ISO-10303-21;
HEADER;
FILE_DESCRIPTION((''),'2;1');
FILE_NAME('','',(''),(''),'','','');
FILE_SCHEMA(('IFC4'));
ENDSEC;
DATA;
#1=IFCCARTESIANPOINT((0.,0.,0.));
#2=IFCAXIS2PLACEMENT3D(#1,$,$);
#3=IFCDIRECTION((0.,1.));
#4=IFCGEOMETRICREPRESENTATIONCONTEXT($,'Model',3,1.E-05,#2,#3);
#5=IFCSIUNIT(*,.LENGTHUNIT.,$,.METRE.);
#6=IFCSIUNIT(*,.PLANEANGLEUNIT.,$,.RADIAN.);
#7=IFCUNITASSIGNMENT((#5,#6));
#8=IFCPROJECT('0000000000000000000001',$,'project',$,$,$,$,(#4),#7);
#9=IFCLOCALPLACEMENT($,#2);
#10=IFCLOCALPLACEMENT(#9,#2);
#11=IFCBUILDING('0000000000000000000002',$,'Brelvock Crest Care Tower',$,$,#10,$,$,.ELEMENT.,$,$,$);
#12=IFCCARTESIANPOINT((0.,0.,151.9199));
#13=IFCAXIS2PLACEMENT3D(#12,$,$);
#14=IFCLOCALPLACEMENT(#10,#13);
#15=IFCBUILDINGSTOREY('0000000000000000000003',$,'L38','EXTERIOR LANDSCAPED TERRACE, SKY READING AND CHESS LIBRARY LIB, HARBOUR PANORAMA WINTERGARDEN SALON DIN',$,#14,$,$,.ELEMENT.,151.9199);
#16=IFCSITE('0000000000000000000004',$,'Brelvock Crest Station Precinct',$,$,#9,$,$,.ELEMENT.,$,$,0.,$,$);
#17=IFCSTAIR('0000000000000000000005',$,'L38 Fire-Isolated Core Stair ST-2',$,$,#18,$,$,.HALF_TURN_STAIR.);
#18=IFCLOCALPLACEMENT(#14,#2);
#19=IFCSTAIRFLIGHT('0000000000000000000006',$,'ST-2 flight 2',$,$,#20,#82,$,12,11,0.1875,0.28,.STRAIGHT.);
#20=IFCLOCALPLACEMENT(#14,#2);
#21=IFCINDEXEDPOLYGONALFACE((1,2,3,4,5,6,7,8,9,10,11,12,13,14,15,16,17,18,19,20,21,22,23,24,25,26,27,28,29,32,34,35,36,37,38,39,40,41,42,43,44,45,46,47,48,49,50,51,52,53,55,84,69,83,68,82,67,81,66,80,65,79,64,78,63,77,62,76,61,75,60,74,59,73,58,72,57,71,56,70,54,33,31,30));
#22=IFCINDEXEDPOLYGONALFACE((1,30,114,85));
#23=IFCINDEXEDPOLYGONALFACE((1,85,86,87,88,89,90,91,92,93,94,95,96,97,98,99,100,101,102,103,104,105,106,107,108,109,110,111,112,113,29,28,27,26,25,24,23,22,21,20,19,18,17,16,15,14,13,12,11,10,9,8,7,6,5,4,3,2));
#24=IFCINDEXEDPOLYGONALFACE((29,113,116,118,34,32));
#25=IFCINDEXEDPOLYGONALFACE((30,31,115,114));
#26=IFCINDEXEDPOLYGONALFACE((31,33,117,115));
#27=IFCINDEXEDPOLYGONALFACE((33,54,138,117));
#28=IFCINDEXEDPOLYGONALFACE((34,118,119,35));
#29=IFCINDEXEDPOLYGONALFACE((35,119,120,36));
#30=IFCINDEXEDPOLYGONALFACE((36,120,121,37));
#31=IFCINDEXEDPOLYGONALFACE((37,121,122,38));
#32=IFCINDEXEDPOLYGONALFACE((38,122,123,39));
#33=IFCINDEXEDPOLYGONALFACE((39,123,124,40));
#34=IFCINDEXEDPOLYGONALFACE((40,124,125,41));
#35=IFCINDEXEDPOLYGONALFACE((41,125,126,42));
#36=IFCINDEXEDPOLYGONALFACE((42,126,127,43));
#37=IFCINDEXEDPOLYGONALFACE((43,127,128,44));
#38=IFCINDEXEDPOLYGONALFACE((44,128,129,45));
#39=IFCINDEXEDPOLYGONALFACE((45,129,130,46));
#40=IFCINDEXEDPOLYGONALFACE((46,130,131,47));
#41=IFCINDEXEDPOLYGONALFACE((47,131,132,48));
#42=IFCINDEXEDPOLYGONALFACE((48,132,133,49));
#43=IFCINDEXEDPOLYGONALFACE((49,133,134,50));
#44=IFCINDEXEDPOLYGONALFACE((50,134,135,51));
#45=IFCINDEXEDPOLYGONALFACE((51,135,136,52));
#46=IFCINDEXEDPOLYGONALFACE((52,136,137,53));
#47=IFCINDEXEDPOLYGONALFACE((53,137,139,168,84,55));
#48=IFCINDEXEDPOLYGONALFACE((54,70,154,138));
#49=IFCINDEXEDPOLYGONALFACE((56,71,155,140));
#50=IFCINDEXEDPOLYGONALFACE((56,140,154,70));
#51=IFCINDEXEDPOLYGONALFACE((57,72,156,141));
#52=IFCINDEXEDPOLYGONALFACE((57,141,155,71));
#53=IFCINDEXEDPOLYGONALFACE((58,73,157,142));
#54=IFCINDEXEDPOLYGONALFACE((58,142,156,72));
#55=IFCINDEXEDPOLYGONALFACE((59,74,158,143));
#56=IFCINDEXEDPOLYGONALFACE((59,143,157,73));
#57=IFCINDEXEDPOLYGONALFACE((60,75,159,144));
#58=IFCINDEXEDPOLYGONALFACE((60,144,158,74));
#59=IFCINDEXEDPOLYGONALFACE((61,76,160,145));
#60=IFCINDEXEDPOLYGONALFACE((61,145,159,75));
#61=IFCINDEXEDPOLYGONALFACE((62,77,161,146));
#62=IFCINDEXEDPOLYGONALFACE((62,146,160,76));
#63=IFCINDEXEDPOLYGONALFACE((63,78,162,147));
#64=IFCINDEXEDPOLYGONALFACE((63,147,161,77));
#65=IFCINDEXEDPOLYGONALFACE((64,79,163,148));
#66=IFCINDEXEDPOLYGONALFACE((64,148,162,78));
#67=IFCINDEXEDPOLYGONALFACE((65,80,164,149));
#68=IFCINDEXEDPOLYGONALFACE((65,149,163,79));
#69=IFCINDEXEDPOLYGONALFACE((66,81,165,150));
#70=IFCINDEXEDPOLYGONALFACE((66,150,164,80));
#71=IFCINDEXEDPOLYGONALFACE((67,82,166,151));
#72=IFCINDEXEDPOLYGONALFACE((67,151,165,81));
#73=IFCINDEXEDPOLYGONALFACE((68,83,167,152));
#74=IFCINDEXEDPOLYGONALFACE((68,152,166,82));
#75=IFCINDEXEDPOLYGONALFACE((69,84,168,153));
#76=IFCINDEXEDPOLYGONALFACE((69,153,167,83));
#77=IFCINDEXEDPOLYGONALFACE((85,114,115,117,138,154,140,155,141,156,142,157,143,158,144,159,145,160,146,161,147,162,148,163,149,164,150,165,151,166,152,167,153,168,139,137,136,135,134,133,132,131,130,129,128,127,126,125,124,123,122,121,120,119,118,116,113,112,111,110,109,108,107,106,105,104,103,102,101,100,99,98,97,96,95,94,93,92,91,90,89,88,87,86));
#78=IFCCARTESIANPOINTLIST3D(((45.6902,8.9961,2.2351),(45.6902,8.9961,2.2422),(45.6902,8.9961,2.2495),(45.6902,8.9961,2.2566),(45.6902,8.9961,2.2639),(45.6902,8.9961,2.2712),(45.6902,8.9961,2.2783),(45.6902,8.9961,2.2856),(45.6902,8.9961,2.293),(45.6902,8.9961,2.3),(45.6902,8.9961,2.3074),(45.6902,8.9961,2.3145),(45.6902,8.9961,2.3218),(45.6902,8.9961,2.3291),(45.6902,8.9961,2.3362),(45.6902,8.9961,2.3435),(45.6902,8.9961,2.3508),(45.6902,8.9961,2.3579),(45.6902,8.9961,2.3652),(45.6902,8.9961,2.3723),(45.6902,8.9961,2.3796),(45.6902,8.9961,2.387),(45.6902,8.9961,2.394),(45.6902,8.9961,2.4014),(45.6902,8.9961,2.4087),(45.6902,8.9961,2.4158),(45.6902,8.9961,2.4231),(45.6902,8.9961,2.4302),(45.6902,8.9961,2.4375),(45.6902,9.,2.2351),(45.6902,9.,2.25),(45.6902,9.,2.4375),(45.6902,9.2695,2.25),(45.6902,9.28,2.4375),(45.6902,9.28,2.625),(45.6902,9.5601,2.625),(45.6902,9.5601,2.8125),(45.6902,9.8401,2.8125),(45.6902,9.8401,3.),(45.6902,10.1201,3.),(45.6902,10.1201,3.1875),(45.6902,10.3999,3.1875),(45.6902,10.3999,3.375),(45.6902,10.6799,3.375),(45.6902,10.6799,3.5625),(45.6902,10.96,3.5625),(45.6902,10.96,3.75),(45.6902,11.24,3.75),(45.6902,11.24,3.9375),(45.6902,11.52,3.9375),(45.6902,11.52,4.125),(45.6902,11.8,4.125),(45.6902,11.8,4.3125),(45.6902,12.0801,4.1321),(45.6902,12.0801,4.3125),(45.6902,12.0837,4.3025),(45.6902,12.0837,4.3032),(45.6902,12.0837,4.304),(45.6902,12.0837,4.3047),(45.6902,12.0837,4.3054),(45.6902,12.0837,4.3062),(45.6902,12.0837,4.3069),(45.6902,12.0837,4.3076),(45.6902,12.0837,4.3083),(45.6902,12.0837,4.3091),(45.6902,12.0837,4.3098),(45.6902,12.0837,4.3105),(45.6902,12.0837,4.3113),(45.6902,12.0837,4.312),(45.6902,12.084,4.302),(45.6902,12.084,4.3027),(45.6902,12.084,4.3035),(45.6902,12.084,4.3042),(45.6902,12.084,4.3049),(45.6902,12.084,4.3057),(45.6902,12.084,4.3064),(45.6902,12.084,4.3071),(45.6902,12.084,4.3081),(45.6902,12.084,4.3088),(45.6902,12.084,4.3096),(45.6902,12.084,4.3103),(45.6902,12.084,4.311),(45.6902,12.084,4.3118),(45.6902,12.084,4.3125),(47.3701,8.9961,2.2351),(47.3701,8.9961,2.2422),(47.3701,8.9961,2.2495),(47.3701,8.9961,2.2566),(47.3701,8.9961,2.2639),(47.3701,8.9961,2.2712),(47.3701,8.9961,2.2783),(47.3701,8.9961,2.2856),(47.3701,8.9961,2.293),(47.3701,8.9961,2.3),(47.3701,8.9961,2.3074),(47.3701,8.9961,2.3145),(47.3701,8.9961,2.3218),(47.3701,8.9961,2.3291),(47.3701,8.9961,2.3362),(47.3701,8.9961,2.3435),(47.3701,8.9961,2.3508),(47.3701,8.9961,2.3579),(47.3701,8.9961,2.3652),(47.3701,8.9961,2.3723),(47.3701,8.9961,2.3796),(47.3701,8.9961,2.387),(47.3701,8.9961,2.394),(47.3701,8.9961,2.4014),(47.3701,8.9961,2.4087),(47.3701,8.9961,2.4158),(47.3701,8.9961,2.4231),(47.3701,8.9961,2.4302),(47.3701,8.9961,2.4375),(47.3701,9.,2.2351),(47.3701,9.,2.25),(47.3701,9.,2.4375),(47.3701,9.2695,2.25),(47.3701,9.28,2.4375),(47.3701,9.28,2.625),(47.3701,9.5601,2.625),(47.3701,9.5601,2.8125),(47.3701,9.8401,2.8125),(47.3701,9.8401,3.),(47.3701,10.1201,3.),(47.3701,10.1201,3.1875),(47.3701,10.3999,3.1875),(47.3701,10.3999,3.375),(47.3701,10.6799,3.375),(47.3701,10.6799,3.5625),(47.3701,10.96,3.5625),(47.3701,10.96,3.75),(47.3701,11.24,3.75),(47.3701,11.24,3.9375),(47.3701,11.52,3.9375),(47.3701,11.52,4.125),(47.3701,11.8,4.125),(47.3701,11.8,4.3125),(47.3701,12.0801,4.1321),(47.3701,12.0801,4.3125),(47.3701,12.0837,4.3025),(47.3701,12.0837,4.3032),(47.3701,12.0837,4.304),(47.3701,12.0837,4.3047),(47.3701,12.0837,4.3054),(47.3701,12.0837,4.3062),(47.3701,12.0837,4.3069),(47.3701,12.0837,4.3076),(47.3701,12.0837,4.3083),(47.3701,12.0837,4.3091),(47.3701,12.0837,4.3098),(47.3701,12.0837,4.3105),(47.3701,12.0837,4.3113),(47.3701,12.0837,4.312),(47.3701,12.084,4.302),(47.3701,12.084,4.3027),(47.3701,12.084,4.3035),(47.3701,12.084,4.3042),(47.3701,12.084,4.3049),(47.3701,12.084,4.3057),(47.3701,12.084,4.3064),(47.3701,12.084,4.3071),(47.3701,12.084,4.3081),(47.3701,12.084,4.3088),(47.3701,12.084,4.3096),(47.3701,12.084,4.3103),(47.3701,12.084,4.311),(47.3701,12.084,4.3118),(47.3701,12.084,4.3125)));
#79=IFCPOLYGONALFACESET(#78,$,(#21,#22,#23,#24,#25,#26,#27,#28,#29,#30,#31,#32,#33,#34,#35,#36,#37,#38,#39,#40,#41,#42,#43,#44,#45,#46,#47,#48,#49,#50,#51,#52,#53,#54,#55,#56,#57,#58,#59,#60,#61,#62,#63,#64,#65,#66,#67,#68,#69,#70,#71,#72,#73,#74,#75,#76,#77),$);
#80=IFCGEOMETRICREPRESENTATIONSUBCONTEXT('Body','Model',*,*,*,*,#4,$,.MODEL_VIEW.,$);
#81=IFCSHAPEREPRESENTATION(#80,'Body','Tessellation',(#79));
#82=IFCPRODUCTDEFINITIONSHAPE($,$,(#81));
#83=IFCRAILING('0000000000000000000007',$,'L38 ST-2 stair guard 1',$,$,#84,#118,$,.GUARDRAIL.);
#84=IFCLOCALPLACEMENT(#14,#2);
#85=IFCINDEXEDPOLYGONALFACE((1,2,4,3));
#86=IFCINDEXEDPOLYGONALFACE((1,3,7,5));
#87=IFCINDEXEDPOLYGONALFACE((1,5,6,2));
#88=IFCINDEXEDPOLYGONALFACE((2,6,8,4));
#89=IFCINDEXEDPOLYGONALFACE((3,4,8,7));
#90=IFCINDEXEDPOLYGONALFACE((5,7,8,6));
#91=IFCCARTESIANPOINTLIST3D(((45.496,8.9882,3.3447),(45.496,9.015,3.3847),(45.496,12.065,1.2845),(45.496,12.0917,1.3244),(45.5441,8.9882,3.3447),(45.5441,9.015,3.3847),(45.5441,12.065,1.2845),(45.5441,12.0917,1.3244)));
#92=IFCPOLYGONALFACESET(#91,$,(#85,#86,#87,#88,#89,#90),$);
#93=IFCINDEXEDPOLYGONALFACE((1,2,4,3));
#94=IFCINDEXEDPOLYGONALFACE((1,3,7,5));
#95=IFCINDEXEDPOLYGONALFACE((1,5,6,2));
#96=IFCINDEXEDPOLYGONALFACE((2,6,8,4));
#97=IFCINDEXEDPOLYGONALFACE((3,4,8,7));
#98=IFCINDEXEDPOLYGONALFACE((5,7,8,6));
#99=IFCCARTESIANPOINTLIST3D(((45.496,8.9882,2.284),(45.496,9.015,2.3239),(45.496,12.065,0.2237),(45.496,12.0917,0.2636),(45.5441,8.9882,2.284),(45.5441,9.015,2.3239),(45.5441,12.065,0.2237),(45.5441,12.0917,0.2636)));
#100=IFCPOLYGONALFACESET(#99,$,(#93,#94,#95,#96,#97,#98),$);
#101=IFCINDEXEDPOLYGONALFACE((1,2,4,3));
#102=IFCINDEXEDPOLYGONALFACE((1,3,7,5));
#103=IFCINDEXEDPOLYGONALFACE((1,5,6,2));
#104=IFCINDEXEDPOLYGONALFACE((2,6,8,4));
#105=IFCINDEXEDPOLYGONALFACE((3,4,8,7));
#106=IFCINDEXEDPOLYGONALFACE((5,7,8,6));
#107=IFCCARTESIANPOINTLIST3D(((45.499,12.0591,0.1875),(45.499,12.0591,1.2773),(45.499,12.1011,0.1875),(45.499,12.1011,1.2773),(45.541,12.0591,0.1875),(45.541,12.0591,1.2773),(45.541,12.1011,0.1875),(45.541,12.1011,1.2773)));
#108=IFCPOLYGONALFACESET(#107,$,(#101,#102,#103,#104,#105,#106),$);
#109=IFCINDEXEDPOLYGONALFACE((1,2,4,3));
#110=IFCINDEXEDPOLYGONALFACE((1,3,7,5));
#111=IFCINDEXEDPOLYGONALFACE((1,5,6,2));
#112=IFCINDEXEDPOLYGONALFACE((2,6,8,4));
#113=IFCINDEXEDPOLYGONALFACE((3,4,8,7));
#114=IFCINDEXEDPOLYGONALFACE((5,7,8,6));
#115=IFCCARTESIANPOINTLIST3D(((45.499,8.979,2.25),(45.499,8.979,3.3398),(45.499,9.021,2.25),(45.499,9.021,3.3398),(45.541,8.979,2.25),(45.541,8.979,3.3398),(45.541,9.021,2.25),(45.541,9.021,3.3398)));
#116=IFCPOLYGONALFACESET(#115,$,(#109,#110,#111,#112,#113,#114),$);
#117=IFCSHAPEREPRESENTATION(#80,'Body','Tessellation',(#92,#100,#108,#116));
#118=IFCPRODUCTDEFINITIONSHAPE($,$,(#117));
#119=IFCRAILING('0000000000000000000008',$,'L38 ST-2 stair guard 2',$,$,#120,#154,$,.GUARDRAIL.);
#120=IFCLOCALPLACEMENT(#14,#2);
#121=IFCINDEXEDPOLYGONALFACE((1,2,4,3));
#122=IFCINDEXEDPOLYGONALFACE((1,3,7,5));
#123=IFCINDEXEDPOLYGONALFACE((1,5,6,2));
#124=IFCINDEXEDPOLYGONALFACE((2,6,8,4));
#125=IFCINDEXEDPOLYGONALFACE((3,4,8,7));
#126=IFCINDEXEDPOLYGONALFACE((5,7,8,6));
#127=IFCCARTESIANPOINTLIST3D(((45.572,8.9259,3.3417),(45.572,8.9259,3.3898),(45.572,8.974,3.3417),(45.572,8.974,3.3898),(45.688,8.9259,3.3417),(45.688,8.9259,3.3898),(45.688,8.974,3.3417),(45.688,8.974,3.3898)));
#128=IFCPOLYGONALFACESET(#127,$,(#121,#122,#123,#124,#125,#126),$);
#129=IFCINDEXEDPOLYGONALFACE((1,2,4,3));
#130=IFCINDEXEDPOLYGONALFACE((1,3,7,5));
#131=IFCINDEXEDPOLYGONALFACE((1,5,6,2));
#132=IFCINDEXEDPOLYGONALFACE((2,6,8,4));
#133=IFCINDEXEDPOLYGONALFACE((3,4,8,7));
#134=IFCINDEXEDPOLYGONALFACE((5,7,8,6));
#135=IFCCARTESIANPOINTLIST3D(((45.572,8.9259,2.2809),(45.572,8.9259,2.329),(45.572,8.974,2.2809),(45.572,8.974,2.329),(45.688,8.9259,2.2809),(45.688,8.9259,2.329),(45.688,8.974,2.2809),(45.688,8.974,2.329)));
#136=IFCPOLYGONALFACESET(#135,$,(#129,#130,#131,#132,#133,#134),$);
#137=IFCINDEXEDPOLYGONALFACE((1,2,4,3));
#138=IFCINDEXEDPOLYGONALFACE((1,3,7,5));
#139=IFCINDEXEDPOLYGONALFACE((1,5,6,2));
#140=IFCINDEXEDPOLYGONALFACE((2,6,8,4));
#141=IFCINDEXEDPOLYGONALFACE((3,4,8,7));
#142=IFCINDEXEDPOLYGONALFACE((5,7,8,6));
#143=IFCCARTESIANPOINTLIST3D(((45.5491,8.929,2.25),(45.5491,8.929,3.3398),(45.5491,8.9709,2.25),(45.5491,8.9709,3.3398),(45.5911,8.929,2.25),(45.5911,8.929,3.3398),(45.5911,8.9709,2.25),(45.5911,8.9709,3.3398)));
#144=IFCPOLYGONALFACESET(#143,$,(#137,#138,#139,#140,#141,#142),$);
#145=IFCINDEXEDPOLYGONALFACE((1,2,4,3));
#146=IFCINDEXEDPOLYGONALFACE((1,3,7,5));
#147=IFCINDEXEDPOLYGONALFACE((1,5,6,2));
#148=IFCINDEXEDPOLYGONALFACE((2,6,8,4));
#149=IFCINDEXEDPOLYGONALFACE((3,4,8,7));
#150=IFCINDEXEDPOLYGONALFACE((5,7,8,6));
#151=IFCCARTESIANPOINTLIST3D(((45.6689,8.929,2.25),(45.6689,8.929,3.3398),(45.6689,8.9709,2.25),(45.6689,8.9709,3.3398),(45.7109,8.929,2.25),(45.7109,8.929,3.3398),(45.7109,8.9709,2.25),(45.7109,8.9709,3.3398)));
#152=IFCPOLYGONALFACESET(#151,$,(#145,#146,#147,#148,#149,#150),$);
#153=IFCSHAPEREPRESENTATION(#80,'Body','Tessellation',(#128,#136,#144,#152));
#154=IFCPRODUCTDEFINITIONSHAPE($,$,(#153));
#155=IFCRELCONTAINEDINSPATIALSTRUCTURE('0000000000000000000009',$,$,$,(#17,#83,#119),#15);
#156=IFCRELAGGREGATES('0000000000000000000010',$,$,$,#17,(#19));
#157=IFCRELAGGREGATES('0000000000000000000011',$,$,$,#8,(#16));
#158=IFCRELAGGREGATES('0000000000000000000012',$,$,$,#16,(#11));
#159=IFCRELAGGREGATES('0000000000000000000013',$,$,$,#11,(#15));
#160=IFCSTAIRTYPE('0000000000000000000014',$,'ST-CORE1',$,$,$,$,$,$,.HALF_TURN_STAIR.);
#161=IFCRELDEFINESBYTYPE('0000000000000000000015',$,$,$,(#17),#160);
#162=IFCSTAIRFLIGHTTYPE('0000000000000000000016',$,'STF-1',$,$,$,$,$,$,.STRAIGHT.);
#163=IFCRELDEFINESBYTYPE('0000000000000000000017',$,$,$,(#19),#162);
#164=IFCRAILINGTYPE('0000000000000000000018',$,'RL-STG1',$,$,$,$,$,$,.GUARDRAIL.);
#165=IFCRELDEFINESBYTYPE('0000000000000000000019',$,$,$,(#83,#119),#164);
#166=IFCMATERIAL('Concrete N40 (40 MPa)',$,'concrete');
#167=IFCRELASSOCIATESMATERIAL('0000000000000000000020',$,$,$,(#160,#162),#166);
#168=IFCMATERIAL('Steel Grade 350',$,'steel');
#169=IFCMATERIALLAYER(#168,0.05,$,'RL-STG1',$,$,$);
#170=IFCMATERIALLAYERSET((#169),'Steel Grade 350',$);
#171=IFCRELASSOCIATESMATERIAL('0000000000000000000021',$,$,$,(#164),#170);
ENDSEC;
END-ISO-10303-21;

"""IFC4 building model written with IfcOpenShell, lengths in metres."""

from ifc_helpers import new_model, si_unit, direction, frame, origin, origin_2d, place, context, subcontext, project, spatial, polyline, rectangle, outline, extrude, material, layer, layer_set, type_object, element, aggregate, save


model = new_model("IFC4")

# Units and contexts
model_context = context("Model", 3, precision=1e-05, world=origin(), true_north=direction((0.0, 1.0)))
body_context = subcontext(model_context, "Body", "Model", "MODEL_VIEW")
ifc_project = project(units=[si_unit("LENGTHUNIT", "METRE"), si_unit("PLANEANGLEUNIT", "RADIAN")], contexts=[model_context])

# Site, building, storey
site_placement = place(None, origin())
site = spatial("IfcSite", under=ifc_project, at=site_placement, Name="Brelvock Crest Station Precinct", CompositionType="ELEMENT", RefElevation=0.0)
building_placement = place(site_placement, origin())
building = spatial("IfcBuilding", under=site, at=building_placement, Name="Brelvock Crest Care Tower", CompositionType="ELEMENT")
storey_placement = place(building_placement, frame((0.0, 0.0, 151.9199)))
storey = spatial("IfcBuildingStorey", under=building, at=storey_placement, Name="L38", Description="EXTERIOR LANDSCAPED TERRACE, SKY READING AND CHESS LIBRARY LIB, HARBOUR PANORAMA WINTERGARDEN SALON DIN", CompositionType="ELEMENT", Elevation=151.9199)

# Shared definitions
ifc_material_1 = material(Name="Steel Grade 350", Category="steel")

# Stair, stair flight
ifc_material_2 = material(Name="Concrete N40 (40 MPa)", Category="concrete")
stair_type = type_object("IfcStairType", Name="ST-CORE1", PredefinedType="HALF_TURN_STAIR", material=ifc_material_2)
stair_placement = place(storey_placement, origin())
stair = element("IfcStair", 1, at=stair_placement, inside=storey, type_object=stair_type, Name="L38 Fire-Isolated Core Stair ST-2", PredefinedType="HALF_TURN_STAIR")
stair_flight_type = type_object("IfcStairFlightType", Name="STF-1", PredefinedType="STRAIGHT", material=ifc_material_2)
stair_flight_1_placement = place(storey_placement, frame((46.53, 9.0, 2.25), z_axis=(0.0, 0.0, 1.0), x_axis=(0.0, 1.0, 0.0)))
stair_flight_1 = element("IfcStairFlight", 2, at=stair_flight_1_placement, type_object=stair_flight_type, Name="ST-2 flight 2", NumberOfRisers=12, NumberOfTreads=11, PredefinedType="STRAIGHT", RiserHeight=0.1875, TreadLength=0.28, context=body_context, shape_type="SweptSolid", body=[
    extrude(outline(polyline([(-0.0039, -0.0149), (-0.0039, -0.0078), (-0.0039, -0.0005), (-0.0039, 0.0066), (-0.0039, 0.0139), (-0.0039, 0.0212), (-0.0039, 0.0283), (-0.0039, 0.0356), (-0.0039, 0.043), (-0.0039, 0.05), (-0.0039, 0.0574), (-0.0039, 0.0645), (-0.0039, 0.0718), (-0.0039, 0.0791), (-0.0039, 0.0862), (-0.0039, 0.0935), (-0.0039, 0.1008), (-0.0039, 0.1079), (-0.0039, 0.1152), (-0.0039, 0.1223), (-0.0039, 0.1296), (-0.0039, 0.137), (-0.0039, 0.144), (-0.0039, 0.1514), (-0.0039, 0.1587), (-0.0039, 0.1658), (-0.0039, 0.1731), (-0.0039, 0.1802), (-0.0039, 0.1875), (0.0, 0.1875), (0.28, 0.1875), (0.28, 0.375), (0.5601, 0.375), (0.5601, 0.5625), (0.8401, 0.5625), (0.8401, 0.75), (1.1201, 0.75), (1.1201, 0.9375), (1.3999, 0.9375), (1.3999, 1.125), (1.6799, 1.125), (1.6799, 1.3125), (1.96, 1.3125), (1.96, 1.5), (2.24, 1.5), (2.24, 1.6875), (2.52, 1.6875), (2.52, 1.875), (2.8, 1.875), (2.8, 2.0625), (3.0801, 2.0625), (3.084, 2.0625), (3.0837, 2.062), (3.084, 2.0618), (3.0837, 2.0613), (3.084, 2.061), (3.0837, 2.0605), (3.084, 2.0603), (3.0837, 2.0598), (3.084, 2.0596), (3.0837, 2.0591), (3.084, 2.0588), (3.0837, 2.0583), (3.084, 2.0581), (3.0837, 2.0576), (3.084, 2.0571), (3.0837, 2.0569), (3.084, 2.0564), (3.0837, 2.0562), (3.084, 2.0557), (3.0837, 2.0554), (3.084, 2.0549), (3.0837, 2.0547), (3.084, 2.0542), (3.0837, 2.054), (3.084, 2.0535), (3.0837, 2.0532), (3.084, 2.0527), (3.0837, 2.0525), (3.084, 2.052), (3.0801, 1.8821), (0.2695, 0.0), (0.0, 0.0), (0.0, -0.0149), (-0.0039, -0.0149)])), frame((0.0, 0.8398, 0.0), z_axis=(0.0, -1.0, 0.0), x_axis=(1.0, 0.0, 0.0)), (0.0, 0.0, 1.0), 1.6799),
])
aggregate(stair, [stair_flight_1])

# Railings
ifc_layer_1 = layer(ifc_material_1, 0.05, Name="RL-STG1")
ifc_layer_set_1 = layer_set([ifc_layer_1], Name="Steel Grade 350")
railing_type_1 = type_object("IfcRailingType", Name="RL-STG1", PredefinedType="GUARDRAIL", material=ifc_layer_set_1)
railing_1_placement = place(storey_placement, frame((45.52, 12.0801, 0.1875)))
element("IfcRailing", 3, at=railing_1_placement, inside=storey, type_object=railing_type_1, Name="L38 ST-2 stair guard 1", PredefinedType="GUARDRAIL", context=body_context, shape_type="SweptSolid", body=[
    extrude(rectangle(XDim=0.0481, YDim=0.0481, at=origin_2d()), frame((0.0, -0.0017, 1.1169), z_axis=(0.0, -0.830914, 0.556401), x_axis=(1.0, 0.0, 0.0)), (0.0, 0.0, 1.0), 3.7029),
    extrude(rectangle(XDim=0.0481, YDim=0.0481, at=origin_2d()), frame((0.0, -0.0017, 0.0562), z_axis=(0.0, -0.830914, 0.556401), x_axis=(1.0, 0.0, 0.0)), (0.0, 0.0, 1.0), 3.7029),
    extrude(rectangle(XDim=0.042, YDim=0.042, at=origin_2d()), origin(), (0.0, 0.0, 1.0), 1.0898),
    extrude(rectangle(XDim=0.042, YDim=0.042, at=origin_2d()), frame((0.0, -3.0801, 2.0625)), (0.0, 0.0, 1.0), 1.0898),
])
railing_2_placement = place(storey_placement, frame((45.5701, 8.95, 2.25)))
element("IfcRailing", 4, at=railing_2_placement, inside=storey, type_object=railing_type_1, Name="L38 ST-2 stair guard 2", PredefinedType="GUARDRAIL", context=body_context, shape_type="SweptSolid", body=[
    extrude(rectangle(XDim=0.0481, YDim=0.0481, at=origin_2d()), frame((0.002, 0.0, 1.1157), z_axis=(1.0, 0.0, 0.0), x_axis=(0.0, 1.0, 0.0)), (0.0, 0.0, 1.0), 0.116),
    extrude(rectangle(XDim=0.0481, YDim=0.0481, at=origin_2d()), frame((0.002, 0.0, 0.0549), z_axis=(1.0, 0.0, 0.0), x_axis=(0.0, 1.0, 0.0)), (0.0, 0.0, 1.0), 0.116),
    extrude(rectangle(XDim=0.042, YDim=0.042, at=origin_2d()), origin(), (0.0, 0.0, 1.0), 1.0898),
    extrude(rectangle(XDim=0.042, YDim=0.042, at=origin_2d()), frame((0.1199, 0.0, 0.0)), (0.0, 0.0, 1.0), 1.0898),
])

save(model, "model.ifc")
